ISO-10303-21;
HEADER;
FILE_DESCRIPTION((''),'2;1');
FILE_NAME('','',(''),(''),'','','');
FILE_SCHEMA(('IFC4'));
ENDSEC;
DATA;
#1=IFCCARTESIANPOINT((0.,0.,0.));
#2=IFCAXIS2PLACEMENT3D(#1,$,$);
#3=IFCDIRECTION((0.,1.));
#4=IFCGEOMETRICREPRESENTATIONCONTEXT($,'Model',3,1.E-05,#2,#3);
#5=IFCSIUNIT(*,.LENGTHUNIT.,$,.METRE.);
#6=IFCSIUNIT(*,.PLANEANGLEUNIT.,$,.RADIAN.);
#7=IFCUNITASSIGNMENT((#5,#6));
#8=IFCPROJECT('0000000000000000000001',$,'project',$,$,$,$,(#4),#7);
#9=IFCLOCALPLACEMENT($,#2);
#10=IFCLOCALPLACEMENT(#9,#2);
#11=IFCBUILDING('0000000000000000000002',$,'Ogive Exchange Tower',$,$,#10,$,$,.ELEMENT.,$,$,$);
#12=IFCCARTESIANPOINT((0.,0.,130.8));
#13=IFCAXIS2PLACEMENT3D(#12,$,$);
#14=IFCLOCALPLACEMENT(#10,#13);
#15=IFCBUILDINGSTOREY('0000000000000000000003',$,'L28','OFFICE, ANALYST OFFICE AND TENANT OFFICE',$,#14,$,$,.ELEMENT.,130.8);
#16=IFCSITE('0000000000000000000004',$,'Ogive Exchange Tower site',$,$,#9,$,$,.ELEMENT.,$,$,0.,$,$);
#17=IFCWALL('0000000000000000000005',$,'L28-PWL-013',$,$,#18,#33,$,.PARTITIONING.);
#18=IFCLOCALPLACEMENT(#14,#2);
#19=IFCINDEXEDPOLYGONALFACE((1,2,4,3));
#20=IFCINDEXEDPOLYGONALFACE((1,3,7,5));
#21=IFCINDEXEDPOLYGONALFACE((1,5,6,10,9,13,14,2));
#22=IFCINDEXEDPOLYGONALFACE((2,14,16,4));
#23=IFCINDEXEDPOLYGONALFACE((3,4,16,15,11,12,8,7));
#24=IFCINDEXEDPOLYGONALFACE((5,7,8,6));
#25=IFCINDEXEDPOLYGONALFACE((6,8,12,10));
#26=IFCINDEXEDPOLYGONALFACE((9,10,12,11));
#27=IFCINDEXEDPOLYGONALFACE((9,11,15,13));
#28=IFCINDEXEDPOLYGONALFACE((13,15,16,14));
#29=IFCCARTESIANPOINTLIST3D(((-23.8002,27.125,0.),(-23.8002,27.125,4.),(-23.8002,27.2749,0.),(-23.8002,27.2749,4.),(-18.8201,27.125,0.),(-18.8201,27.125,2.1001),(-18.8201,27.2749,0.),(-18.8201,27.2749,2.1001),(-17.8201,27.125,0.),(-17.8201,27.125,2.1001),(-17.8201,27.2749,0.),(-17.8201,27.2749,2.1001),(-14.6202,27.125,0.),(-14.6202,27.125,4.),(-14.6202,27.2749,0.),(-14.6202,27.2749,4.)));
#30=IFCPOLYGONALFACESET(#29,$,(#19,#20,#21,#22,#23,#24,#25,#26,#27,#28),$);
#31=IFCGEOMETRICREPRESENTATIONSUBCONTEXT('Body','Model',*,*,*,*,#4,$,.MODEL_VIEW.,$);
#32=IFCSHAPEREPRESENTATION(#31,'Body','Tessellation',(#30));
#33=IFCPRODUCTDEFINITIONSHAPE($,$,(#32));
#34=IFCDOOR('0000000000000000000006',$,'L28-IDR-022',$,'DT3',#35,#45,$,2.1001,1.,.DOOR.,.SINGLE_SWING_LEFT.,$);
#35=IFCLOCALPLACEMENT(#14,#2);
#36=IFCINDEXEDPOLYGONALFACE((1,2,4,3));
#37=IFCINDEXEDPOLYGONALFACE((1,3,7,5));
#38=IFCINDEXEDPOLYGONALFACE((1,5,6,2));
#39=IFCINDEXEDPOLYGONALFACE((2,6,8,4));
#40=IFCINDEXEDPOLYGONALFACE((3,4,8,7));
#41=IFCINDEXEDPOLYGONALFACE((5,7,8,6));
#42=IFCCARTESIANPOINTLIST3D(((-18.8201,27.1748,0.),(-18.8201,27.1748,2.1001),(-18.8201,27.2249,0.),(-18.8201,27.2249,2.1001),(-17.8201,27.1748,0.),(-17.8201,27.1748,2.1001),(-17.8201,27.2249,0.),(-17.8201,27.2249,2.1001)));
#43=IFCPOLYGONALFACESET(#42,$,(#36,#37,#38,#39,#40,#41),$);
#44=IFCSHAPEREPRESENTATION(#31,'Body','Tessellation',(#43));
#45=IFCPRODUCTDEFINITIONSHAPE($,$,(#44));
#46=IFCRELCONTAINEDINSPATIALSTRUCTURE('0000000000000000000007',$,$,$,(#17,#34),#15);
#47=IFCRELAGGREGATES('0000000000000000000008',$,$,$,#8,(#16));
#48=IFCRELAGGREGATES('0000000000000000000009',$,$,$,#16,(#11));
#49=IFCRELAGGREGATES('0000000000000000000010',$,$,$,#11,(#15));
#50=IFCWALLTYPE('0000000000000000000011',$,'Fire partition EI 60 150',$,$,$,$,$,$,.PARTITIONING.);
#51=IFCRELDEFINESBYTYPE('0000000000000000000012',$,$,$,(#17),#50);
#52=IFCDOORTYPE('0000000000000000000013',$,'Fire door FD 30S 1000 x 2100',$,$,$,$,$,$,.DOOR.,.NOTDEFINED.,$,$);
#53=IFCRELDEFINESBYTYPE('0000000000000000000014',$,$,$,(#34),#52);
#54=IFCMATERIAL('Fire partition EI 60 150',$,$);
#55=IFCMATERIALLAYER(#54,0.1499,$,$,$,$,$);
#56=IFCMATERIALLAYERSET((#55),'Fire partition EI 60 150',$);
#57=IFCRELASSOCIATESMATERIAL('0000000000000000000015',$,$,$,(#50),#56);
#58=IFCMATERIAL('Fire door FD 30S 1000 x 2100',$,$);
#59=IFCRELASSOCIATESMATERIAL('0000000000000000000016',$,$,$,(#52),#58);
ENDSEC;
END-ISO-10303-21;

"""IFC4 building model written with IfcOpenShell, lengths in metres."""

from ifc_helpers import new_model, si_unit, direction, frame, frame_2d, origin, place, context, subcontext, project, spatial, rectangle, extrude, material, layer, layer_set, type_object, element, fill, save


model = new_model("IFC4")

# Units and contexts
model_context = context("Model", 3, precision=1e-05, world=origin(), true_north=direction((0.0, 1.0)))
body_context = subcontext(model_context, "Body", "Model", "MODEL_VIEW")
ifc_project = project(units=[si_unit("LENGTHUNIT", "METRE"), si_unit("PLANEANGLEUNIT", "RADIAN")], contexts=[model_context])

# Site, building, storey
site_placement = place(None, origin())
site = spatial("IfcSite", under=ifc_project, at=site_placement, Name="Ogive Exchange Tower site", CompositionType="ELEMENT", RefElevation=0.0)
building_placement = place(site_placement, origin())
building = spatial("IfcBuilding", under=site, at=building_placement, Name="Ogive Exchange Tower", CompositionType="ELEMENT")
storey_placement = place(building_placement, frame((0.0, 0.0, 130.8)))
storey = spatial("IfcBuildingStorey", under=building, at=storey_placement, Name="L28", Description="OFFICE, ANALYST OFFICE AND TENANT OFFICE", CompositionType="ELEMENT", Elevation=130.8)

# Shared definitions
ifc_material_1 = material(Name="Fire partition EI 60 150")
ifc_layer_1 = layer(ifc_material_1, 0.1499)
ifc_layer_set_1 = layer_set([ifc_layer_1], Name="Fire partition EI 60 150")
wall_type_1 = type_object("IfcWallType", Name="Fire partition EI 60 150", PredefinedType="PARTITIONING", material=ifc_layer_set_1)

# Wall, opening, door
wall_1_placement = place(storey_placement, frame((-23.8, 27.2, 0.0), z_axis=(0.0, 0.0, 1.0), x_axis=(1.0, 0.0, 0.0)))
wall_1 = element("IfcWall", 1, at=wall_1_placement, inside=storey, type_object=wall_type_1, Name="L28-PWL-013", PredefinedType="PARTITIONING", context=body_context, shape_type="SweptSolid", body=[
    extrude(rectangle(XDim=9.1799, YDim=0.1499, at=frame_2d((4.5898, 0.0))), origin(), (0.0, 0.0, 1.0), 4.0),
])
opening_1_placement = place(wall_1_placement, frame((4.98, 0.0, 0.0)))
opening_1 = element("IfcOpeningElement", 2, at=opening_1_placement, cuts=wall_1, PredefinedType="OPENING", context=body_context, shape_type="SweptSolid", body=[
    extrude(rectangle(XDim=1.0, YDim=2.1001, at=frame_2d((0.5, 1.05))), frame((0.0, 0.085, 0.0), z_axis=(0.0, -1.0, 0.0), x_axis=(1.0, 0.0, 0.0)), (0.0, 0.0, 1.0), 0.1699),
])
ifc_material_2 = material(Name="Fire door FD 30S 1000 x 2100")
door_type_1 = type_object("IfcDoorType", Name="Fire door FD 30S 1000 x 2100", OperationType="NOTDEFINED", PredefinedType="DOOR", material=ifc_material_2)
door_1_placement = place(opening_1_placement, origin())
door_1 = element("IfcDoor", 3, at=door_1_placement, inside=storey, type_object=door_type_1, Name="L28-IDR-022", ObjectType="DT3", OperationType="SINGLE_SWING_LEFT", OverallHeight=2.1001, OverallWidth=1.0, PredefinedType="DOOR", context=body_context, shape_type="SweptSolid", body=[
    extrude(rectangle(XDim=1.0, YDim=2.1001, at=frame_2d((0.5, 1.05))), frame((0.0, 0.0249, 0.0), z_axis=(0.0, -1.0, 0.0), x_axis=(1.0, 0.0, 0.0)), (0.0, 0.0, 1.0), 0.05),
])
fill(opening_1, door_1)

save(model, "model.ifc")
